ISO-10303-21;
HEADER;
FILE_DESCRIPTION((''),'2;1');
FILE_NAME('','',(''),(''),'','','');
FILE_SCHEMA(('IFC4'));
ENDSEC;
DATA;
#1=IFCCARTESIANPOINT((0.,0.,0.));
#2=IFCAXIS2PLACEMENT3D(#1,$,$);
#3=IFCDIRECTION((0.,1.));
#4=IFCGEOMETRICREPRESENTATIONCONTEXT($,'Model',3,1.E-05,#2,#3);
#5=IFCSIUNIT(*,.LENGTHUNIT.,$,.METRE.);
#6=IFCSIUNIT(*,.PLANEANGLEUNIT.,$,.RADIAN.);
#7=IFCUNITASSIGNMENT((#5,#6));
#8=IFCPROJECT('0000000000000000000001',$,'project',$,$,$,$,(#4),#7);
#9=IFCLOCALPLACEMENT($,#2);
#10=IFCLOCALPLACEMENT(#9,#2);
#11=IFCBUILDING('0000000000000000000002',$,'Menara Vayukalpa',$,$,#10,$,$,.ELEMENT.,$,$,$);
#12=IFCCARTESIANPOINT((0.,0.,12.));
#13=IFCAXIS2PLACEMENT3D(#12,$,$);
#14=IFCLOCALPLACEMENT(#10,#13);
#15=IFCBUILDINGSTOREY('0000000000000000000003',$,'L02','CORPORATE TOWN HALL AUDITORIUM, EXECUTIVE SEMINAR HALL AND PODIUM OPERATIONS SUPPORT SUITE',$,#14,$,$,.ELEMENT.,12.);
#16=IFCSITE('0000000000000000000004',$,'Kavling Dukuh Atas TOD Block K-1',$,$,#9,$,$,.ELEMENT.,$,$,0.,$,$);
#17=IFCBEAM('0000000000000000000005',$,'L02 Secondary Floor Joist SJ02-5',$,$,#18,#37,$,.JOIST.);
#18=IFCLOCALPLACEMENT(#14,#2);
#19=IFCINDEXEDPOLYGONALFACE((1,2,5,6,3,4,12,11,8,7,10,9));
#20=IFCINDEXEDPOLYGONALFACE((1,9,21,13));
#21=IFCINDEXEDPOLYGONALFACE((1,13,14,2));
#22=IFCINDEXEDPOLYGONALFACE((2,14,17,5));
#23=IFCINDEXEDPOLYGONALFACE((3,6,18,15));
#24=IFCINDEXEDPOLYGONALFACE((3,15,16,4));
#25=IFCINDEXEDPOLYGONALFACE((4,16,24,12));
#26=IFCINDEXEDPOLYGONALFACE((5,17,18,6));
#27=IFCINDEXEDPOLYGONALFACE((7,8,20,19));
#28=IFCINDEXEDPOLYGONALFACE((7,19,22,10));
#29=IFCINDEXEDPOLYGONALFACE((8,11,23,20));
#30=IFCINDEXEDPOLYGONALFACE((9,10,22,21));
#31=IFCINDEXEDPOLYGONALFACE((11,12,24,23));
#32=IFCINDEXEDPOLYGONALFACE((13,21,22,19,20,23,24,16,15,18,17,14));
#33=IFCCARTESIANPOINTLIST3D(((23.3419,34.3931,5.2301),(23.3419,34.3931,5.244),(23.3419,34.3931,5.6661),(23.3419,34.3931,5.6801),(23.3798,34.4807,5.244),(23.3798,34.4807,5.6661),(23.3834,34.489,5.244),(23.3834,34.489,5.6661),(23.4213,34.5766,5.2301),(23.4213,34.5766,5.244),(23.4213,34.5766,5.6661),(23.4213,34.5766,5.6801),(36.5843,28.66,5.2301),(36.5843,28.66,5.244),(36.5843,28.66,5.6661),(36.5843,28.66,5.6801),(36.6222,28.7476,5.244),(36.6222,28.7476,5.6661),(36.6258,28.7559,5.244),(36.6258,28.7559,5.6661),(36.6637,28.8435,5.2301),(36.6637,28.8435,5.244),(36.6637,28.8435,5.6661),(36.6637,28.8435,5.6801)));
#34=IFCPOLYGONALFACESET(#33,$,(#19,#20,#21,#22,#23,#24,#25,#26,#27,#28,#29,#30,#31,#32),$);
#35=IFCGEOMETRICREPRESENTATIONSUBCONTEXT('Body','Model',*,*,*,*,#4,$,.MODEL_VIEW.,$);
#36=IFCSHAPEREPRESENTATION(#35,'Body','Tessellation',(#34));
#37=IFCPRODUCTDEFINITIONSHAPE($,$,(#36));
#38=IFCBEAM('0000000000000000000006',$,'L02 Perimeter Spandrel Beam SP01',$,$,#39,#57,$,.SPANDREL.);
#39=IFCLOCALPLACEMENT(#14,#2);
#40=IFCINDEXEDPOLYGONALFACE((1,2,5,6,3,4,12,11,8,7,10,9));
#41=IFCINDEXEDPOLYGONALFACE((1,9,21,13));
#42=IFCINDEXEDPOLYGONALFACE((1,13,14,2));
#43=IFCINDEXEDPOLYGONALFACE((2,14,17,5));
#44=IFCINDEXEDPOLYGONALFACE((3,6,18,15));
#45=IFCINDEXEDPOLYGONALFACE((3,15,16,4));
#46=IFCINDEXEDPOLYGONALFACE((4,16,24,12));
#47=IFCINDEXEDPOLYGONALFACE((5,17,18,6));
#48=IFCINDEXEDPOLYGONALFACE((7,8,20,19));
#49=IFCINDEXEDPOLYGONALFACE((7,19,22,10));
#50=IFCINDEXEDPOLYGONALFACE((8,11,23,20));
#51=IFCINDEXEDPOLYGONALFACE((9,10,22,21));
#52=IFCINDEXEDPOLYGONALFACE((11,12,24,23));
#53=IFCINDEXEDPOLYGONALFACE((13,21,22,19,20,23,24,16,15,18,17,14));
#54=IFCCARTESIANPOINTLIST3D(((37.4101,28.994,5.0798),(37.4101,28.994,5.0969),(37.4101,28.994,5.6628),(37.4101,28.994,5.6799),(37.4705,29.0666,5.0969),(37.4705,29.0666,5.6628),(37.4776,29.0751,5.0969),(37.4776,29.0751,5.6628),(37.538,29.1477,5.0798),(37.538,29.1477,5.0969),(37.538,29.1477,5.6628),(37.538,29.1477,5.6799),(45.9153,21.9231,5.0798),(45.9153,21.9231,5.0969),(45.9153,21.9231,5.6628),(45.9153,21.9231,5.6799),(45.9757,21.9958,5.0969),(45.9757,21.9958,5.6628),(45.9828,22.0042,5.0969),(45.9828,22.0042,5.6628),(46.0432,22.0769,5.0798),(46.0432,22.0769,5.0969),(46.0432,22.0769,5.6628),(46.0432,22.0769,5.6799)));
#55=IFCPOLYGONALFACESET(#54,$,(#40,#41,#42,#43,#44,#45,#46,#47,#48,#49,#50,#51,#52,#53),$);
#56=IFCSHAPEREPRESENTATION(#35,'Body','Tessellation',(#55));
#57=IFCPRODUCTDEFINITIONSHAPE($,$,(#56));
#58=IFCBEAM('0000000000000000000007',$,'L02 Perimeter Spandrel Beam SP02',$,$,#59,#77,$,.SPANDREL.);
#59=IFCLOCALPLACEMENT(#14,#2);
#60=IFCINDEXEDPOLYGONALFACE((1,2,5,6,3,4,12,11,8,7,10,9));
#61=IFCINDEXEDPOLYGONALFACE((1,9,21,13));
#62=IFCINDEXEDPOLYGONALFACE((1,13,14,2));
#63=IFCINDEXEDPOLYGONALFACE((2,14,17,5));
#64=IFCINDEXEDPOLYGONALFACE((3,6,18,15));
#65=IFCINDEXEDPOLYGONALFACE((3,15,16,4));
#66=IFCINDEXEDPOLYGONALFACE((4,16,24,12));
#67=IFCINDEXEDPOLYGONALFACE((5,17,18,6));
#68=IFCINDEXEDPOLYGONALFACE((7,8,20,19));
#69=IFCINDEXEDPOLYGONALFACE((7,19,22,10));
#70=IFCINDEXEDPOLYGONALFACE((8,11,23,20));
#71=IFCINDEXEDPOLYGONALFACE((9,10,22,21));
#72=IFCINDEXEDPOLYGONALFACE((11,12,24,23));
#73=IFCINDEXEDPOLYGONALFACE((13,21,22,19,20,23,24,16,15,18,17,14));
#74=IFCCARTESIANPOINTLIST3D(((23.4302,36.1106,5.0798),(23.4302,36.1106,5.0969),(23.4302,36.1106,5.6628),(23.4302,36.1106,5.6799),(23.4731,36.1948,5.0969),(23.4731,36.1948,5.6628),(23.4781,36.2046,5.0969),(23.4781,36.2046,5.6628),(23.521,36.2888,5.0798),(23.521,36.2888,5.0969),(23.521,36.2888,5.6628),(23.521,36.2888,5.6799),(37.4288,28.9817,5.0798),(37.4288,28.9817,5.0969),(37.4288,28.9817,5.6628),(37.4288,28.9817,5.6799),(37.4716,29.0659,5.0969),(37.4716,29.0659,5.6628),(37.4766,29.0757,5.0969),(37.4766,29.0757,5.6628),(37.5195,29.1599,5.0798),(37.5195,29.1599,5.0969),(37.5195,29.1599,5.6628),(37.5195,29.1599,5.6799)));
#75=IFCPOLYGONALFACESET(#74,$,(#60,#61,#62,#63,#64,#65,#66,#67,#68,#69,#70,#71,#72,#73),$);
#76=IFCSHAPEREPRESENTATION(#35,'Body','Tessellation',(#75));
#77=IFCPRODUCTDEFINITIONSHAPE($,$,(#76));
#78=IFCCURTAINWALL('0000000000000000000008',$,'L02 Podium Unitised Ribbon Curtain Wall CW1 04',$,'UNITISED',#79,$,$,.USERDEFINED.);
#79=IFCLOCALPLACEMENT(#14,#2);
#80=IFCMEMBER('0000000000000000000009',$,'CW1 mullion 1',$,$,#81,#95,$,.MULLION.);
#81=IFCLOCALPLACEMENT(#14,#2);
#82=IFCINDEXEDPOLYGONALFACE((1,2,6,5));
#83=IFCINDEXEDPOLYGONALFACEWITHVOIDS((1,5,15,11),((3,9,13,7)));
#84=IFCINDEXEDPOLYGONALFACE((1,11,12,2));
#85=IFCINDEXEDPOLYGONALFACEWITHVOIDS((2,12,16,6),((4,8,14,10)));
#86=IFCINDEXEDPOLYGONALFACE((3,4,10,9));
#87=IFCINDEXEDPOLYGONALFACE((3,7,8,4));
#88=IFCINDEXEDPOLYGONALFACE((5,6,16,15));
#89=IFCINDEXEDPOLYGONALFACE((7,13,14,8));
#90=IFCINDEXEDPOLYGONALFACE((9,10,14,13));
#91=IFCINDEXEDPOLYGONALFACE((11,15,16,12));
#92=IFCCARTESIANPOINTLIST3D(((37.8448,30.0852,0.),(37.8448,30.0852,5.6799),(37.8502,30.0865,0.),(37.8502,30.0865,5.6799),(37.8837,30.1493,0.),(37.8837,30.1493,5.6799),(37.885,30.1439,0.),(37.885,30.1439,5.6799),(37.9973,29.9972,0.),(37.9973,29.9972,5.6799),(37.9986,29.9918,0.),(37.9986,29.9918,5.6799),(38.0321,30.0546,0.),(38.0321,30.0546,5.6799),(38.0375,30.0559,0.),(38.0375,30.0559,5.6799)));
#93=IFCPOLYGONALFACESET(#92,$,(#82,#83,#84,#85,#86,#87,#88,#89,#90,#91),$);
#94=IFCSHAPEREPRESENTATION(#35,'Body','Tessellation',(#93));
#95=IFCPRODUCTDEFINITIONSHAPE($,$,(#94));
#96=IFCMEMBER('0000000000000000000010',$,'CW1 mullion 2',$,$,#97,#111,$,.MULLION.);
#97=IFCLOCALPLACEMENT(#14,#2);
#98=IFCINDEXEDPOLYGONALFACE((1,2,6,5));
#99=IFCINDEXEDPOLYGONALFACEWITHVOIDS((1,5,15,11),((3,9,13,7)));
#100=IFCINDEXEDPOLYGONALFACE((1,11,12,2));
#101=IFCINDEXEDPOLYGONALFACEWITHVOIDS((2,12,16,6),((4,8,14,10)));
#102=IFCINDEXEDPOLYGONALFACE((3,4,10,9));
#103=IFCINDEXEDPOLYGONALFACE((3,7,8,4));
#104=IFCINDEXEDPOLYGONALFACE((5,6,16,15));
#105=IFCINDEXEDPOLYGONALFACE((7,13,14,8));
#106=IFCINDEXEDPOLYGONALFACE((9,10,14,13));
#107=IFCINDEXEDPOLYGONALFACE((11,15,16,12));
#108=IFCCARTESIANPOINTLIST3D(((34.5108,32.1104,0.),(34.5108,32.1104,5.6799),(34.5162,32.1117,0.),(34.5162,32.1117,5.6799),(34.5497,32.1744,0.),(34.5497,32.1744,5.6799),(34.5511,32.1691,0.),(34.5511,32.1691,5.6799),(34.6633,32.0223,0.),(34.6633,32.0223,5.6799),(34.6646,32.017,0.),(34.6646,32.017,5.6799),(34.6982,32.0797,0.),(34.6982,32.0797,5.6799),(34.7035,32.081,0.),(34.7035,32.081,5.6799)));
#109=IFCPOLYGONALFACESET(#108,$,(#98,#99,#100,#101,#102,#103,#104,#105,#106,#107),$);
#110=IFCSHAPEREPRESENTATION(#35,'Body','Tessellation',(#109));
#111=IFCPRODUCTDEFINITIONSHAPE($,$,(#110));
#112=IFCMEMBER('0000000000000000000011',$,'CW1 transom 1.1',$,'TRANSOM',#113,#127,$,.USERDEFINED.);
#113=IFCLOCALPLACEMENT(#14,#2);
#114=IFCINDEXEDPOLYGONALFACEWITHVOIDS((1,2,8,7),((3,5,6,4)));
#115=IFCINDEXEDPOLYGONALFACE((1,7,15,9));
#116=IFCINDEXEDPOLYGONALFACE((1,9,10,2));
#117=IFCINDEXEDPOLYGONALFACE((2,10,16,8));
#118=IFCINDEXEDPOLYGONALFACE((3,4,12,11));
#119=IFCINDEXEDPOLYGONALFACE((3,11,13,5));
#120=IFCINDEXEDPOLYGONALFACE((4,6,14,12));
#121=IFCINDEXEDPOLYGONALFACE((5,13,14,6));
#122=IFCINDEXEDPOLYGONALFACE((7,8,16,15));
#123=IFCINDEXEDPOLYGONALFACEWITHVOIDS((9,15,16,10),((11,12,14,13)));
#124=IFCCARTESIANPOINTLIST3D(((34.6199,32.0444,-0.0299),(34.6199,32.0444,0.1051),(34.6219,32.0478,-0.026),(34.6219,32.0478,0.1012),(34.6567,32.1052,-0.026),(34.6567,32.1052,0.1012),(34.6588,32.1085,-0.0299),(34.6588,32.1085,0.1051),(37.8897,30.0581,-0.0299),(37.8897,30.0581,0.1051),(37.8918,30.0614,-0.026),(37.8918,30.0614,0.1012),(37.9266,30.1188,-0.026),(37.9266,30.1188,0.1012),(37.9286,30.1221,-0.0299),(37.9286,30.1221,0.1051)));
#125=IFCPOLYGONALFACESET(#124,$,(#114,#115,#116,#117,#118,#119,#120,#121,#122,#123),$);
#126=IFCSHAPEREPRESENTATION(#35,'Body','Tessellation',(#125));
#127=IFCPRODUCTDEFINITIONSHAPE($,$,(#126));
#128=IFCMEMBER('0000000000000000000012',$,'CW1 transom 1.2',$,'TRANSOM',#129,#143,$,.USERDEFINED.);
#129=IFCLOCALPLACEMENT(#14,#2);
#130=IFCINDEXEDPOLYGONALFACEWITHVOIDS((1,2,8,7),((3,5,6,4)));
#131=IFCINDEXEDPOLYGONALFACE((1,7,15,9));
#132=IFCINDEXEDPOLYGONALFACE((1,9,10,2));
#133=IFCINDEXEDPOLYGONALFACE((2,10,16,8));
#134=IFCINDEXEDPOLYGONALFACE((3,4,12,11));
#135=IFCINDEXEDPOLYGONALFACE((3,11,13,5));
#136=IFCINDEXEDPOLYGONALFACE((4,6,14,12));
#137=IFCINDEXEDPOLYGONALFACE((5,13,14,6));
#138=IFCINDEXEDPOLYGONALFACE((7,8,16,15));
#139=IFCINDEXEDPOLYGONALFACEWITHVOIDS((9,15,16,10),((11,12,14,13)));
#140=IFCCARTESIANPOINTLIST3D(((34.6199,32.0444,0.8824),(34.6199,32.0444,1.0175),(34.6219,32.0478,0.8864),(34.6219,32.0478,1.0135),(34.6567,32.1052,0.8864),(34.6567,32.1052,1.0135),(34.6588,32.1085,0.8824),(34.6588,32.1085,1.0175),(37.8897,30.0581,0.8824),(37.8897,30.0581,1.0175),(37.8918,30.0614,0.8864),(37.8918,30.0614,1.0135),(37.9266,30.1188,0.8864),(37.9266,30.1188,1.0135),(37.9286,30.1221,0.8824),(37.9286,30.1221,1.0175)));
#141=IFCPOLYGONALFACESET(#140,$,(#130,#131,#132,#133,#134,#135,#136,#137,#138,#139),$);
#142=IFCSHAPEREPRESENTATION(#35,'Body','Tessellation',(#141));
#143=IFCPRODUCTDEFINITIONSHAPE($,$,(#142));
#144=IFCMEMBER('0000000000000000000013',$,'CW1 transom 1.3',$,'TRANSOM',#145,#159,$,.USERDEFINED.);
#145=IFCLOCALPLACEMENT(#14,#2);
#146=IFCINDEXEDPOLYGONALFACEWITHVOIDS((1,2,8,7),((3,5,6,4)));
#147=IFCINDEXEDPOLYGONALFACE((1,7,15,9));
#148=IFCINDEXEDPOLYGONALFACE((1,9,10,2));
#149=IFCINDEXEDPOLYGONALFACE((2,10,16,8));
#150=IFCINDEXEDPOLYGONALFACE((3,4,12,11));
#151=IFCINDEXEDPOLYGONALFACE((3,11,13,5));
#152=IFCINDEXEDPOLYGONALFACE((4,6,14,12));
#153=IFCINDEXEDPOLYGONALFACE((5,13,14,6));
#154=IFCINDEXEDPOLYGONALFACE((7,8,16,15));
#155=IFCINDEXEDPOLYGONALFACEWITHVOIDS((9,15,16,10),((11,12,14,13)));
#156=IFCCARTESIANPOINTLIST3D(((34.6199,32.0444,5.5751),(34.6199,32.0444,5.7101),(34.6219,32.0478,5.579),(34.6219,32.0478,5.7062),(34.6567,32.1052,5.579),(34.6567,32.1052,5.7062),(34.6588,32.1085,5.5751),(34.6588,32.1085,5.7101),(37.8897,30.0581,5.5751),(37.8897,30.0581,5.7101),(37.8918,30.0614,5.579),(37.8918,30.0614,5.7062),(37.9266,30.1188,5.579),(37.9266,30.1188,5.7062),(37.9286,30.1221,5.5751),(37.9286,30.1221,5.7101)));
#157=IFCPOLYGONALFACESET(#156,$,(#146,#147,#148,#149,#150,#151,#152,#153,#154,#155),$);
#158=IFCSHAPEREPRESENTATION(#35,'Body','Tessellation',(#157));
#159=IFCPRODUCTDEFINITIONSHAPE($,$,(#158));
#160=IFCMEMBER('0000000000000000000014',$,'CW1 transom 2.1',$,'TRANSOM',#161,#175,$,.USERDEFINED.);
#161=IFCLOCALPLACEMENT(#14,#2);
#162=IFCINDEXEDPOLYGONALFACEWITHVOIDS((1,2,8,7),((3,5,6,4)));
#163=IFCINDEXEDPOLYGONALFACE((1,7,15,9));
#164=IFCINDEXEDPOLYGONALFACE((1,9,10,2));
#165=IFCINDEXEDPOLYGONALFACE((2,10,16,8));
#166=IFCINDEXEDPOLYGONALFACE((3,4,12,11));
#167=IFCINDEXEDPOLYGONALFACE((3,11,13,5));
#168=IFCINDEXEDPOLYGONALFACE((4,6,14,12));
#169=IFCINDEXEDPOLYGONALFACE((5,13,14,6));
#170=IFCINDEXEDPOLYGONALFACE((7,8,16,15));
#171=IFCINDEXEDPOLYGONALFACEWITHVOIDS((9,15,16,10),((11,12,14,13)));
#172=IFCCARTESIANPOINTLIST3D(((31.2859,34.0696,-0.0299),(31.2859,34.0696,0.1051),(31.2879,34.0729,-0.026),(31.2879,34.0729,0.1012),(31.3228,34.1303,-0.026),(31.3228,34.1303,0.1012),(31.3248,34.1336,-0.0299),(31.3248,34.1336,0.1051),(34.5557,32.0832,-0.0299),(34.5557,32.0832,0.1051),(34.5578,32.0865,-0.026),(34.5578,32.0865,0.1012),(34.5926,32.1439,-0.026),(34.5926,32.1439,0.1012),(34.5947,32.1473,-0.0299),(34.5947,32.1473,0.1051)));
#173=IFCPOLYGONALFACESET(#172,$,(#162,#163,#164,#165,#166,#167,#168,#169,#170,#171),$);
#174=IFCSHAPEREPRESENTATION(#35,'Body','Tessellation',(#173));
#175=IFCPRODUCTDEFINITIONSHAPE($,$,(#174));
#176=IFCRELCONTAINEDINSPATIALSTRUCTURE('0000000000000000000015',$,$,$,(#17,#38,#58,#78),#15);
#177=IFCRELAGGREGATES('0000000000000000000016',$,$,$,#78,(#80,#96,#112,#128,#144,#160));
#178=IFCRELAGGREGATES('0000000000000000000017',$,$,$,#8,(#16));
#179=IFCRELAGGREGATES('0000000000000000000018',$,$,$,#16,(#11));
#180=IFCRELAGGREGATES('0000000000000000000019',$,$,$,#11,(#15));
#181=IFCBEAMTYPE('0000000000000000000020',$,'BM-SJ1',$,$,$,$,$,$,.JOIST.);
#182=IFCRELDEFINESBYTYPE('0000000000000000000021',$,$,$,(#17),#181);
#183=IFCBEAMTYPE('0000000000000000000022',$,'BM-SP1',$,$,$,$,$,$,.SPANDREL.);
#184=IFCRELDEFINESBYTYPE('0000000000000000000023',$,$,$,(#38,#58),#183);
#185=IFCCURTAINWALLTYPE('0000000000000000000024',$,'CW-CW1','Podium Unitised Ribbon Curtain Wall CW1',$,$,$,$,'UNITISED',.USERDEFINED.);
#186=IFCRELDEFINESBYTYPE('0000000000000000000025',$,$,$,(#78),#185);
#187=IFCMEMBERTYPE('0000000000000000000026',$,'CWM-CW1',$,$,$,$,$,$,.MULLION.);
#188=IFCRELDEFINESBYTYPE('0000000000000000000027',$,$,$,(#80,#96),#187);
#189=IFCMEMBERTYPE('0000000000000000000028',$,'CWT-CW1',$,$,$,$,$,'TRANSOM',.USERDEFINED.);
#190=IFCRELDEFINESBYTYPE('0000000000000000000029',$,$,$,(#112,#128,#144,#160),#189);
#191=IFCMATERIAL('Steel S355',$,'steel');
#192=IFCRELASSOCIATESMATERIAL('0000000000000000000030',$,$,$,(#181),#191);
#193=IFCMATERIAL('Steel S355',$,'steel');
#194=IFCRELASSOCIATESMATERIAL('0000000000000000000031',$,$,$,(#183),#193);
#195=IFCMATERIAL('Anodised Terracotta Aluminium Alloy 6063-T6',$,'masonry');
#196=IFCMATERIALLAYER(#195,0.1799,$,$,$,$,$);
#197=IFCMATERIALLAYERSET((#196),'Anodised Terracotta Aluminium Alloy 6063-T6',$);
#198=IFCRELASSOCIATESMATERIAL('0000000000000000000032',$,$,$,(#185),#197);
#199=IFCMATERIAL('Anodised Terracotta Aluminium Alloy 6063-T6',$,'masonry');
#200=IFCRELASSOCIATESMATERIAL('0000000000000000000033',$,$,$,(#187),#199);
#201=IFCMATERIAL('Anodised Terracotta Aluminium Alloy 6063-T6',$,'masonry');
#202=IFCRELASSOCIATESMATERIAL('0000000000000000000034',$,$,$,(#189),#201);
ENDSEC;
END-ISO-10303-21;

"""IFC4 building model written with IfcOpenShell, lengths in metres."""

from ifc_helpers import new_model, si_unit, direction, frame, origin, origin_2d, place, context, subcontext, project, spatial, hollow_rectangle, i_section, extrude, material, layer, layer_set, material_profile, profile_set, type_object, element, aggregate, save


model = new_model("IFC4")

# Units and contexts
model_context = context("Model", 3, precision=1e-05, world=origin(), true_north=direction((0.0, 1.0)))
body_context = subcontext(model_context, "Body", "Model", "MODEL_VIEW")
ifc_project = project(units=[si_unit("LENGTHUNIT", "METRE"), si_unit("PLANEANGLEUNIT", "RADIAN")], contexts=[model_context])

# Site, building, storey
site_placement = place(None, origin())
site = spatial("IfcSite", under=ifc_project, at=site_placement, Name="Kavling Dukuh Atas TOD Block K-1", CompositionType="ELEMENT", RefElevation=0.0)
building_placement = place(site_placement, origin())
building = spatial("IfcBuilding", under=site, at=building_placement, Name="Menara Vayukalpa", CompositionType="ELEMENT")
storey_placement = place(building_placement, frame((0.0, 0.0, 12.0)))
storey = spatial("IfcBuildingStorey", under=building, at=storey_placement, Name="L02", Description="CORPORATE TOWN HALL AUDITORIUM, EXECUTIVE SEMINAR HALL AND PODIUM OPERATIONS SUPPORT SUITE", CompositionType="ELEMENT", Elevation=12.0)

# Beams
ifc_material_1 = material(Name="Steel S355", Category="steel")
ifc_material_profile_1 = material_profile(ifc_material_1, i_section(OverallWidth=0.2, OverallDepth=0.45, WebThickness=0.009, FlangeThickness=0.0139, at=origin_2d()), Name="WF 450x200x9x14")
ifc_profile_set_1 = profile_set([ifc_material_profile_1], Name="Steel S355")
beam_type_1 = type_object("IfcBeamType", Name="BM-SJ1", PredefinedType="JOIST", material=ifc_profile_set_1)
beam_1_placement = place(storey_placement, frame((36.624, 28.7517, 5.4551), z_axis=(-0.917688, 0.397302, 0.0), x_axis=(-0.397302, -0.917688, 0.0)))
element("IfcBeam", 1, at=beam_1_placement, inside=storey, type_object=beam_type_1, Name="L02 Secondary Floor Joist SJ02-5", PredefinedType="JOIST", context=body_context, shape_type="SweptSolid", body=[
    extrude(i_section(OverallWidth=0.2, OverallDepth=0.45, WebThickness=0.009, FlangeThickness=0.0139, at=origin_2d()), origin(), (0.0, 0.0, 1.0), 14.4302),
])
ifc_material_2 = material(Name="Steel S355", Category="steel")
ifc_material_profile_2 = material_profile(ifc_material_2, i_section(OverallWidth=0.2, OverallDepth=0.6001, WebThickness=0.011, FlangeThickness=0.0171, at=origin_2d()), Name="WF 600x200x11x17")
ifc_profile_set_2 = profile_set([ifc_material_profile_2], Name="Steel S355")
beam_type_2 = type_object("IfcBeamType", Name="BM-SP1", PredefinedType="SPANDREL", material=ifc_profile_set_2)
beam_2_placement = place(storey_placement, frame((45.9792, 22.0, 5.3799), z_axis=(-0.768968, 0.639287, 0.0), x_axis=(-0.639287, -0.768968, 0.0)))
element("IfcBeam", 2, at=beam_2_placement, inside=storey, type_object=beam_type_2, Name="L02 Perimeter Spandrel Beam SP01", PredefinedType="SPANDREL", context=body_context, shape_type="SweptSolid", body=[
    extrude(i_section(OverallWidth=0.2, OverallDepth=0.6001, WebThickness=0.011, FlangeThickness=0.0171, at=origin_2d()), origin(), (0.0, 0.0, 1.0), 11.0605),
])
beam_3_placement = place(storey_placement, frame((37.4741, 29.0708, 5.3799), z_axis=(-0.891102, 0.453803, 0.0), x_axis=(-0.453803, -0.891102, 0.0)))
element("IfcBeam", 3, at=beam_3_placement, inside=storey, type_object=beam_type_2, Name="L02 Perimeter Spandrel Beam SP02", PredefinedType="SPANDREL", context=body_context, shape_type="SweptSolid", body=[
    extrude(i_section(OverallWidth=0.2, OverallDepth=0.6001, WebThickness=0.011, FlangeThickness=0.0171, at=origin_2d()), origin(), (0.0, 0.0, 1.0), 15.7092),
])

# Curtain wall, members
ifc_material_3 = material(Name="Anodised Terracotta Aluminium Alloy 6063-T6", Category="masonry")
ifc_layer_1 = layer(ifc_material_3, 0.1799)
ifc_layer_set_1 = layer_set([ifc_layer_1], Name="Anodised Terracotta Aluminium Alloy 6063-T6")
curtain_wall_type = type_object("IfcCurtainWallType", Name="CW-CW1", Description="Podium Unitised Ribbon Curtain Wall CW1", ElementType="UNITISED", PredefinedType="USERDEFINED", material=ifc_layer_set_1)
curtain_wall_placement = place(storey_placement, origin())
curtain_wall = element("IfcCurtainWall", 4, at=curtain_wall_placement, inside=storey, type_object=curtain_wall_type, Name="L02 Podium Unitised Ribbon Curtain Wall CW1 04", ObjectType="UNITISED", PredefinedType="USERDEFINED")
ifc_material_4 = material(Name="Anodised Terracotta Aluminium Alloy 6063-T6", Category="masonry")
ifc_material_profile_3 = material_profile(ifc_material_4, hollow_rectangle(XDim=0.075, YDim=0.1799, WallThickness=0.0039, at=origin_2d()), Name="ALU 75x180x4")
ifc_profile_set_3 = profile_set([ifc_material_profile_3], Name="Anodised Terracotta Aluminium Alloy 6063-T6")
member_type_1 = type_object("IfcMemberType", Name="CWM-CW1", PredefinedType="MULLION", material=ifc_profile_set_3)
member_1_placement = place(storey_placement, frame((37.9412, 30.0706, 0.0), z_axis=(0.0, 0.0, 1.0), x_axis=(-0.51918, -0.854665, 0.0)))
member_1 = element("IfcMember", 5, at=member_1_placement, type_object=member_type_1, Name="CW1 mullion 1", PredefinedType="MULLION", context=body_context, shape_type="SweptSolid", body=[
    extrude(hollow_rectangle(XDim=0.075, YDim=0.1799, WallThickness=0.0039, at=origin_2d()), origin(), (0.0, 0.0, 1.0), 5.6799),
])
member_2_placement = place(storey_placement, frame((34.6072, 32.0957, 0.0), z_axis=(0.0, 0.0, 1.0), x_axis=(-0.51918, -0.854665, 0.0)))
member_2 = element("IfcMember", 6, at=member_2_placement, type_object=member_type_1, Name="CW1 mullion 2", PredefinedType="MULLION", context=body_context, shape_type="SweptSolid", body=[
    extrude(hollow_rectangle(XDim=0.075, YDim=0.1799, WallThickness=0.0039, at=origin_2d()), origin(), (0.0, 0.0, 1.0), 5.6799),
])
ifc_material_5 = material(Name="Anodised Terracotta Aluminium Alloy 6063-T6", Category="masonry")
ifc_material_profile_4 = material_profile(ifc_material_5, hollow_rectangle(XDim=0.075, YDim=0.135, WallThickness=0.0039, at=origin_2d()), Name="ALU 75x135x4")
ifc_profile_set_4 = profile_set([ifc_material_profile_4], Name="Anodised Terracotta Aluminium Alloy 6063-T6")
member_type_2 = type_object("IfcMemberType", Name="CWT-CW1", ElementType="TRANSOM", PredefinedType="USERDEFINED", material=ifc_profile_set_4)
member_3_placement = place(storey_placement, frame((37.9092, 30.0901, 0.0376), z_axis=(-0.854659, 0.51919, 0.0), x_axis=(-0.51919, -0.854659, 0.0)))
member_3 = element("IfcMember", 7, at=member_3_placement, type_object=member_type_2, Name="CW1 transom 1.1", ObjectType="TRANSOM", PredefinedType="USERDEFINED", context=body_context, shape_type="SweptSolid", body=[
    extrude(hollow_rectangle(XDim=0.075, YDim=0.135, WallThickness=0.0039, at=origin_2d()), origin(), (0.0, 0.0, 1.0), 3.8259),
])
member_4_placement = place(storey_placement, frame((37.9092, 30.0901, 0.95), z_axis=(-0.854659, 0.51919, 0.0), x_axis=(-0.51919, -0.854659, 0.0)))
member_4 = element("IfcMember", 8, at=member_4_placement, type_object=member_type_2, Name="CW1 transom 1.2", ObjectType="TRANSOM", PredefinedType="USERDEFINED", context=body_context, shape_type="SweptSolid", body=[
    extrude(hollow_rectangle(XDim=0.075, YDim=0.135, WallThickness=0.0039, at=origin_2d()), origin(), (0.0, 0.0, 1.0), 3.8259),
])
member_5_placement = place(storey_placement, frame((37.9092, 30.0901, 5.6426), z_axis=(-0.854659, 0.51919, 0.0), x_axis=(-0.51919, -0.854659, 0.0)))
member_5 = element("IfcMember", 9, at=member_5_placement, type_object=member_type_2, Name="CW1 transom 1.3", ObjectType="TRANSOM", PredefinedType="USERDEFINED", context=body_context, shape_type="SweptSolid", body=[
    extrude(hollow_rectangle(XDim=0.075, YDim=0.135, WallThickness=0.0039, at=origin_2d()), origin(), (0.0, 0.0, 1.0), 3.8259),
])
member_6_placement = place(storey_placement, frame((34.5752, 32.1152, 0.0376), z_axis=(-0.854659, 0.51919, 0.0), x_axis=(-0.51919, -0.854659, 0.0)))
member_6 = element("IfcMember", 10, at=member_6_placement, type_object=member_type_2, Name="CW1 transom 2.1", ObjectType="TRANSOM", PredefinedType="USERDEFINED", context=body_context, shape_type="SweptSolid", body=[
    extrude(hollow_rectangle(XDim=0.075, YDim=0.135, WallThickness=0.0039, at=origin_2d()), origin(), (0.0, 0.0, 1.0), 3.8259),
])
aggregate(curtain_wall, [member_1, member_2, member_3, member_4, member_5, member_6])

save(model, "model.ifc")
